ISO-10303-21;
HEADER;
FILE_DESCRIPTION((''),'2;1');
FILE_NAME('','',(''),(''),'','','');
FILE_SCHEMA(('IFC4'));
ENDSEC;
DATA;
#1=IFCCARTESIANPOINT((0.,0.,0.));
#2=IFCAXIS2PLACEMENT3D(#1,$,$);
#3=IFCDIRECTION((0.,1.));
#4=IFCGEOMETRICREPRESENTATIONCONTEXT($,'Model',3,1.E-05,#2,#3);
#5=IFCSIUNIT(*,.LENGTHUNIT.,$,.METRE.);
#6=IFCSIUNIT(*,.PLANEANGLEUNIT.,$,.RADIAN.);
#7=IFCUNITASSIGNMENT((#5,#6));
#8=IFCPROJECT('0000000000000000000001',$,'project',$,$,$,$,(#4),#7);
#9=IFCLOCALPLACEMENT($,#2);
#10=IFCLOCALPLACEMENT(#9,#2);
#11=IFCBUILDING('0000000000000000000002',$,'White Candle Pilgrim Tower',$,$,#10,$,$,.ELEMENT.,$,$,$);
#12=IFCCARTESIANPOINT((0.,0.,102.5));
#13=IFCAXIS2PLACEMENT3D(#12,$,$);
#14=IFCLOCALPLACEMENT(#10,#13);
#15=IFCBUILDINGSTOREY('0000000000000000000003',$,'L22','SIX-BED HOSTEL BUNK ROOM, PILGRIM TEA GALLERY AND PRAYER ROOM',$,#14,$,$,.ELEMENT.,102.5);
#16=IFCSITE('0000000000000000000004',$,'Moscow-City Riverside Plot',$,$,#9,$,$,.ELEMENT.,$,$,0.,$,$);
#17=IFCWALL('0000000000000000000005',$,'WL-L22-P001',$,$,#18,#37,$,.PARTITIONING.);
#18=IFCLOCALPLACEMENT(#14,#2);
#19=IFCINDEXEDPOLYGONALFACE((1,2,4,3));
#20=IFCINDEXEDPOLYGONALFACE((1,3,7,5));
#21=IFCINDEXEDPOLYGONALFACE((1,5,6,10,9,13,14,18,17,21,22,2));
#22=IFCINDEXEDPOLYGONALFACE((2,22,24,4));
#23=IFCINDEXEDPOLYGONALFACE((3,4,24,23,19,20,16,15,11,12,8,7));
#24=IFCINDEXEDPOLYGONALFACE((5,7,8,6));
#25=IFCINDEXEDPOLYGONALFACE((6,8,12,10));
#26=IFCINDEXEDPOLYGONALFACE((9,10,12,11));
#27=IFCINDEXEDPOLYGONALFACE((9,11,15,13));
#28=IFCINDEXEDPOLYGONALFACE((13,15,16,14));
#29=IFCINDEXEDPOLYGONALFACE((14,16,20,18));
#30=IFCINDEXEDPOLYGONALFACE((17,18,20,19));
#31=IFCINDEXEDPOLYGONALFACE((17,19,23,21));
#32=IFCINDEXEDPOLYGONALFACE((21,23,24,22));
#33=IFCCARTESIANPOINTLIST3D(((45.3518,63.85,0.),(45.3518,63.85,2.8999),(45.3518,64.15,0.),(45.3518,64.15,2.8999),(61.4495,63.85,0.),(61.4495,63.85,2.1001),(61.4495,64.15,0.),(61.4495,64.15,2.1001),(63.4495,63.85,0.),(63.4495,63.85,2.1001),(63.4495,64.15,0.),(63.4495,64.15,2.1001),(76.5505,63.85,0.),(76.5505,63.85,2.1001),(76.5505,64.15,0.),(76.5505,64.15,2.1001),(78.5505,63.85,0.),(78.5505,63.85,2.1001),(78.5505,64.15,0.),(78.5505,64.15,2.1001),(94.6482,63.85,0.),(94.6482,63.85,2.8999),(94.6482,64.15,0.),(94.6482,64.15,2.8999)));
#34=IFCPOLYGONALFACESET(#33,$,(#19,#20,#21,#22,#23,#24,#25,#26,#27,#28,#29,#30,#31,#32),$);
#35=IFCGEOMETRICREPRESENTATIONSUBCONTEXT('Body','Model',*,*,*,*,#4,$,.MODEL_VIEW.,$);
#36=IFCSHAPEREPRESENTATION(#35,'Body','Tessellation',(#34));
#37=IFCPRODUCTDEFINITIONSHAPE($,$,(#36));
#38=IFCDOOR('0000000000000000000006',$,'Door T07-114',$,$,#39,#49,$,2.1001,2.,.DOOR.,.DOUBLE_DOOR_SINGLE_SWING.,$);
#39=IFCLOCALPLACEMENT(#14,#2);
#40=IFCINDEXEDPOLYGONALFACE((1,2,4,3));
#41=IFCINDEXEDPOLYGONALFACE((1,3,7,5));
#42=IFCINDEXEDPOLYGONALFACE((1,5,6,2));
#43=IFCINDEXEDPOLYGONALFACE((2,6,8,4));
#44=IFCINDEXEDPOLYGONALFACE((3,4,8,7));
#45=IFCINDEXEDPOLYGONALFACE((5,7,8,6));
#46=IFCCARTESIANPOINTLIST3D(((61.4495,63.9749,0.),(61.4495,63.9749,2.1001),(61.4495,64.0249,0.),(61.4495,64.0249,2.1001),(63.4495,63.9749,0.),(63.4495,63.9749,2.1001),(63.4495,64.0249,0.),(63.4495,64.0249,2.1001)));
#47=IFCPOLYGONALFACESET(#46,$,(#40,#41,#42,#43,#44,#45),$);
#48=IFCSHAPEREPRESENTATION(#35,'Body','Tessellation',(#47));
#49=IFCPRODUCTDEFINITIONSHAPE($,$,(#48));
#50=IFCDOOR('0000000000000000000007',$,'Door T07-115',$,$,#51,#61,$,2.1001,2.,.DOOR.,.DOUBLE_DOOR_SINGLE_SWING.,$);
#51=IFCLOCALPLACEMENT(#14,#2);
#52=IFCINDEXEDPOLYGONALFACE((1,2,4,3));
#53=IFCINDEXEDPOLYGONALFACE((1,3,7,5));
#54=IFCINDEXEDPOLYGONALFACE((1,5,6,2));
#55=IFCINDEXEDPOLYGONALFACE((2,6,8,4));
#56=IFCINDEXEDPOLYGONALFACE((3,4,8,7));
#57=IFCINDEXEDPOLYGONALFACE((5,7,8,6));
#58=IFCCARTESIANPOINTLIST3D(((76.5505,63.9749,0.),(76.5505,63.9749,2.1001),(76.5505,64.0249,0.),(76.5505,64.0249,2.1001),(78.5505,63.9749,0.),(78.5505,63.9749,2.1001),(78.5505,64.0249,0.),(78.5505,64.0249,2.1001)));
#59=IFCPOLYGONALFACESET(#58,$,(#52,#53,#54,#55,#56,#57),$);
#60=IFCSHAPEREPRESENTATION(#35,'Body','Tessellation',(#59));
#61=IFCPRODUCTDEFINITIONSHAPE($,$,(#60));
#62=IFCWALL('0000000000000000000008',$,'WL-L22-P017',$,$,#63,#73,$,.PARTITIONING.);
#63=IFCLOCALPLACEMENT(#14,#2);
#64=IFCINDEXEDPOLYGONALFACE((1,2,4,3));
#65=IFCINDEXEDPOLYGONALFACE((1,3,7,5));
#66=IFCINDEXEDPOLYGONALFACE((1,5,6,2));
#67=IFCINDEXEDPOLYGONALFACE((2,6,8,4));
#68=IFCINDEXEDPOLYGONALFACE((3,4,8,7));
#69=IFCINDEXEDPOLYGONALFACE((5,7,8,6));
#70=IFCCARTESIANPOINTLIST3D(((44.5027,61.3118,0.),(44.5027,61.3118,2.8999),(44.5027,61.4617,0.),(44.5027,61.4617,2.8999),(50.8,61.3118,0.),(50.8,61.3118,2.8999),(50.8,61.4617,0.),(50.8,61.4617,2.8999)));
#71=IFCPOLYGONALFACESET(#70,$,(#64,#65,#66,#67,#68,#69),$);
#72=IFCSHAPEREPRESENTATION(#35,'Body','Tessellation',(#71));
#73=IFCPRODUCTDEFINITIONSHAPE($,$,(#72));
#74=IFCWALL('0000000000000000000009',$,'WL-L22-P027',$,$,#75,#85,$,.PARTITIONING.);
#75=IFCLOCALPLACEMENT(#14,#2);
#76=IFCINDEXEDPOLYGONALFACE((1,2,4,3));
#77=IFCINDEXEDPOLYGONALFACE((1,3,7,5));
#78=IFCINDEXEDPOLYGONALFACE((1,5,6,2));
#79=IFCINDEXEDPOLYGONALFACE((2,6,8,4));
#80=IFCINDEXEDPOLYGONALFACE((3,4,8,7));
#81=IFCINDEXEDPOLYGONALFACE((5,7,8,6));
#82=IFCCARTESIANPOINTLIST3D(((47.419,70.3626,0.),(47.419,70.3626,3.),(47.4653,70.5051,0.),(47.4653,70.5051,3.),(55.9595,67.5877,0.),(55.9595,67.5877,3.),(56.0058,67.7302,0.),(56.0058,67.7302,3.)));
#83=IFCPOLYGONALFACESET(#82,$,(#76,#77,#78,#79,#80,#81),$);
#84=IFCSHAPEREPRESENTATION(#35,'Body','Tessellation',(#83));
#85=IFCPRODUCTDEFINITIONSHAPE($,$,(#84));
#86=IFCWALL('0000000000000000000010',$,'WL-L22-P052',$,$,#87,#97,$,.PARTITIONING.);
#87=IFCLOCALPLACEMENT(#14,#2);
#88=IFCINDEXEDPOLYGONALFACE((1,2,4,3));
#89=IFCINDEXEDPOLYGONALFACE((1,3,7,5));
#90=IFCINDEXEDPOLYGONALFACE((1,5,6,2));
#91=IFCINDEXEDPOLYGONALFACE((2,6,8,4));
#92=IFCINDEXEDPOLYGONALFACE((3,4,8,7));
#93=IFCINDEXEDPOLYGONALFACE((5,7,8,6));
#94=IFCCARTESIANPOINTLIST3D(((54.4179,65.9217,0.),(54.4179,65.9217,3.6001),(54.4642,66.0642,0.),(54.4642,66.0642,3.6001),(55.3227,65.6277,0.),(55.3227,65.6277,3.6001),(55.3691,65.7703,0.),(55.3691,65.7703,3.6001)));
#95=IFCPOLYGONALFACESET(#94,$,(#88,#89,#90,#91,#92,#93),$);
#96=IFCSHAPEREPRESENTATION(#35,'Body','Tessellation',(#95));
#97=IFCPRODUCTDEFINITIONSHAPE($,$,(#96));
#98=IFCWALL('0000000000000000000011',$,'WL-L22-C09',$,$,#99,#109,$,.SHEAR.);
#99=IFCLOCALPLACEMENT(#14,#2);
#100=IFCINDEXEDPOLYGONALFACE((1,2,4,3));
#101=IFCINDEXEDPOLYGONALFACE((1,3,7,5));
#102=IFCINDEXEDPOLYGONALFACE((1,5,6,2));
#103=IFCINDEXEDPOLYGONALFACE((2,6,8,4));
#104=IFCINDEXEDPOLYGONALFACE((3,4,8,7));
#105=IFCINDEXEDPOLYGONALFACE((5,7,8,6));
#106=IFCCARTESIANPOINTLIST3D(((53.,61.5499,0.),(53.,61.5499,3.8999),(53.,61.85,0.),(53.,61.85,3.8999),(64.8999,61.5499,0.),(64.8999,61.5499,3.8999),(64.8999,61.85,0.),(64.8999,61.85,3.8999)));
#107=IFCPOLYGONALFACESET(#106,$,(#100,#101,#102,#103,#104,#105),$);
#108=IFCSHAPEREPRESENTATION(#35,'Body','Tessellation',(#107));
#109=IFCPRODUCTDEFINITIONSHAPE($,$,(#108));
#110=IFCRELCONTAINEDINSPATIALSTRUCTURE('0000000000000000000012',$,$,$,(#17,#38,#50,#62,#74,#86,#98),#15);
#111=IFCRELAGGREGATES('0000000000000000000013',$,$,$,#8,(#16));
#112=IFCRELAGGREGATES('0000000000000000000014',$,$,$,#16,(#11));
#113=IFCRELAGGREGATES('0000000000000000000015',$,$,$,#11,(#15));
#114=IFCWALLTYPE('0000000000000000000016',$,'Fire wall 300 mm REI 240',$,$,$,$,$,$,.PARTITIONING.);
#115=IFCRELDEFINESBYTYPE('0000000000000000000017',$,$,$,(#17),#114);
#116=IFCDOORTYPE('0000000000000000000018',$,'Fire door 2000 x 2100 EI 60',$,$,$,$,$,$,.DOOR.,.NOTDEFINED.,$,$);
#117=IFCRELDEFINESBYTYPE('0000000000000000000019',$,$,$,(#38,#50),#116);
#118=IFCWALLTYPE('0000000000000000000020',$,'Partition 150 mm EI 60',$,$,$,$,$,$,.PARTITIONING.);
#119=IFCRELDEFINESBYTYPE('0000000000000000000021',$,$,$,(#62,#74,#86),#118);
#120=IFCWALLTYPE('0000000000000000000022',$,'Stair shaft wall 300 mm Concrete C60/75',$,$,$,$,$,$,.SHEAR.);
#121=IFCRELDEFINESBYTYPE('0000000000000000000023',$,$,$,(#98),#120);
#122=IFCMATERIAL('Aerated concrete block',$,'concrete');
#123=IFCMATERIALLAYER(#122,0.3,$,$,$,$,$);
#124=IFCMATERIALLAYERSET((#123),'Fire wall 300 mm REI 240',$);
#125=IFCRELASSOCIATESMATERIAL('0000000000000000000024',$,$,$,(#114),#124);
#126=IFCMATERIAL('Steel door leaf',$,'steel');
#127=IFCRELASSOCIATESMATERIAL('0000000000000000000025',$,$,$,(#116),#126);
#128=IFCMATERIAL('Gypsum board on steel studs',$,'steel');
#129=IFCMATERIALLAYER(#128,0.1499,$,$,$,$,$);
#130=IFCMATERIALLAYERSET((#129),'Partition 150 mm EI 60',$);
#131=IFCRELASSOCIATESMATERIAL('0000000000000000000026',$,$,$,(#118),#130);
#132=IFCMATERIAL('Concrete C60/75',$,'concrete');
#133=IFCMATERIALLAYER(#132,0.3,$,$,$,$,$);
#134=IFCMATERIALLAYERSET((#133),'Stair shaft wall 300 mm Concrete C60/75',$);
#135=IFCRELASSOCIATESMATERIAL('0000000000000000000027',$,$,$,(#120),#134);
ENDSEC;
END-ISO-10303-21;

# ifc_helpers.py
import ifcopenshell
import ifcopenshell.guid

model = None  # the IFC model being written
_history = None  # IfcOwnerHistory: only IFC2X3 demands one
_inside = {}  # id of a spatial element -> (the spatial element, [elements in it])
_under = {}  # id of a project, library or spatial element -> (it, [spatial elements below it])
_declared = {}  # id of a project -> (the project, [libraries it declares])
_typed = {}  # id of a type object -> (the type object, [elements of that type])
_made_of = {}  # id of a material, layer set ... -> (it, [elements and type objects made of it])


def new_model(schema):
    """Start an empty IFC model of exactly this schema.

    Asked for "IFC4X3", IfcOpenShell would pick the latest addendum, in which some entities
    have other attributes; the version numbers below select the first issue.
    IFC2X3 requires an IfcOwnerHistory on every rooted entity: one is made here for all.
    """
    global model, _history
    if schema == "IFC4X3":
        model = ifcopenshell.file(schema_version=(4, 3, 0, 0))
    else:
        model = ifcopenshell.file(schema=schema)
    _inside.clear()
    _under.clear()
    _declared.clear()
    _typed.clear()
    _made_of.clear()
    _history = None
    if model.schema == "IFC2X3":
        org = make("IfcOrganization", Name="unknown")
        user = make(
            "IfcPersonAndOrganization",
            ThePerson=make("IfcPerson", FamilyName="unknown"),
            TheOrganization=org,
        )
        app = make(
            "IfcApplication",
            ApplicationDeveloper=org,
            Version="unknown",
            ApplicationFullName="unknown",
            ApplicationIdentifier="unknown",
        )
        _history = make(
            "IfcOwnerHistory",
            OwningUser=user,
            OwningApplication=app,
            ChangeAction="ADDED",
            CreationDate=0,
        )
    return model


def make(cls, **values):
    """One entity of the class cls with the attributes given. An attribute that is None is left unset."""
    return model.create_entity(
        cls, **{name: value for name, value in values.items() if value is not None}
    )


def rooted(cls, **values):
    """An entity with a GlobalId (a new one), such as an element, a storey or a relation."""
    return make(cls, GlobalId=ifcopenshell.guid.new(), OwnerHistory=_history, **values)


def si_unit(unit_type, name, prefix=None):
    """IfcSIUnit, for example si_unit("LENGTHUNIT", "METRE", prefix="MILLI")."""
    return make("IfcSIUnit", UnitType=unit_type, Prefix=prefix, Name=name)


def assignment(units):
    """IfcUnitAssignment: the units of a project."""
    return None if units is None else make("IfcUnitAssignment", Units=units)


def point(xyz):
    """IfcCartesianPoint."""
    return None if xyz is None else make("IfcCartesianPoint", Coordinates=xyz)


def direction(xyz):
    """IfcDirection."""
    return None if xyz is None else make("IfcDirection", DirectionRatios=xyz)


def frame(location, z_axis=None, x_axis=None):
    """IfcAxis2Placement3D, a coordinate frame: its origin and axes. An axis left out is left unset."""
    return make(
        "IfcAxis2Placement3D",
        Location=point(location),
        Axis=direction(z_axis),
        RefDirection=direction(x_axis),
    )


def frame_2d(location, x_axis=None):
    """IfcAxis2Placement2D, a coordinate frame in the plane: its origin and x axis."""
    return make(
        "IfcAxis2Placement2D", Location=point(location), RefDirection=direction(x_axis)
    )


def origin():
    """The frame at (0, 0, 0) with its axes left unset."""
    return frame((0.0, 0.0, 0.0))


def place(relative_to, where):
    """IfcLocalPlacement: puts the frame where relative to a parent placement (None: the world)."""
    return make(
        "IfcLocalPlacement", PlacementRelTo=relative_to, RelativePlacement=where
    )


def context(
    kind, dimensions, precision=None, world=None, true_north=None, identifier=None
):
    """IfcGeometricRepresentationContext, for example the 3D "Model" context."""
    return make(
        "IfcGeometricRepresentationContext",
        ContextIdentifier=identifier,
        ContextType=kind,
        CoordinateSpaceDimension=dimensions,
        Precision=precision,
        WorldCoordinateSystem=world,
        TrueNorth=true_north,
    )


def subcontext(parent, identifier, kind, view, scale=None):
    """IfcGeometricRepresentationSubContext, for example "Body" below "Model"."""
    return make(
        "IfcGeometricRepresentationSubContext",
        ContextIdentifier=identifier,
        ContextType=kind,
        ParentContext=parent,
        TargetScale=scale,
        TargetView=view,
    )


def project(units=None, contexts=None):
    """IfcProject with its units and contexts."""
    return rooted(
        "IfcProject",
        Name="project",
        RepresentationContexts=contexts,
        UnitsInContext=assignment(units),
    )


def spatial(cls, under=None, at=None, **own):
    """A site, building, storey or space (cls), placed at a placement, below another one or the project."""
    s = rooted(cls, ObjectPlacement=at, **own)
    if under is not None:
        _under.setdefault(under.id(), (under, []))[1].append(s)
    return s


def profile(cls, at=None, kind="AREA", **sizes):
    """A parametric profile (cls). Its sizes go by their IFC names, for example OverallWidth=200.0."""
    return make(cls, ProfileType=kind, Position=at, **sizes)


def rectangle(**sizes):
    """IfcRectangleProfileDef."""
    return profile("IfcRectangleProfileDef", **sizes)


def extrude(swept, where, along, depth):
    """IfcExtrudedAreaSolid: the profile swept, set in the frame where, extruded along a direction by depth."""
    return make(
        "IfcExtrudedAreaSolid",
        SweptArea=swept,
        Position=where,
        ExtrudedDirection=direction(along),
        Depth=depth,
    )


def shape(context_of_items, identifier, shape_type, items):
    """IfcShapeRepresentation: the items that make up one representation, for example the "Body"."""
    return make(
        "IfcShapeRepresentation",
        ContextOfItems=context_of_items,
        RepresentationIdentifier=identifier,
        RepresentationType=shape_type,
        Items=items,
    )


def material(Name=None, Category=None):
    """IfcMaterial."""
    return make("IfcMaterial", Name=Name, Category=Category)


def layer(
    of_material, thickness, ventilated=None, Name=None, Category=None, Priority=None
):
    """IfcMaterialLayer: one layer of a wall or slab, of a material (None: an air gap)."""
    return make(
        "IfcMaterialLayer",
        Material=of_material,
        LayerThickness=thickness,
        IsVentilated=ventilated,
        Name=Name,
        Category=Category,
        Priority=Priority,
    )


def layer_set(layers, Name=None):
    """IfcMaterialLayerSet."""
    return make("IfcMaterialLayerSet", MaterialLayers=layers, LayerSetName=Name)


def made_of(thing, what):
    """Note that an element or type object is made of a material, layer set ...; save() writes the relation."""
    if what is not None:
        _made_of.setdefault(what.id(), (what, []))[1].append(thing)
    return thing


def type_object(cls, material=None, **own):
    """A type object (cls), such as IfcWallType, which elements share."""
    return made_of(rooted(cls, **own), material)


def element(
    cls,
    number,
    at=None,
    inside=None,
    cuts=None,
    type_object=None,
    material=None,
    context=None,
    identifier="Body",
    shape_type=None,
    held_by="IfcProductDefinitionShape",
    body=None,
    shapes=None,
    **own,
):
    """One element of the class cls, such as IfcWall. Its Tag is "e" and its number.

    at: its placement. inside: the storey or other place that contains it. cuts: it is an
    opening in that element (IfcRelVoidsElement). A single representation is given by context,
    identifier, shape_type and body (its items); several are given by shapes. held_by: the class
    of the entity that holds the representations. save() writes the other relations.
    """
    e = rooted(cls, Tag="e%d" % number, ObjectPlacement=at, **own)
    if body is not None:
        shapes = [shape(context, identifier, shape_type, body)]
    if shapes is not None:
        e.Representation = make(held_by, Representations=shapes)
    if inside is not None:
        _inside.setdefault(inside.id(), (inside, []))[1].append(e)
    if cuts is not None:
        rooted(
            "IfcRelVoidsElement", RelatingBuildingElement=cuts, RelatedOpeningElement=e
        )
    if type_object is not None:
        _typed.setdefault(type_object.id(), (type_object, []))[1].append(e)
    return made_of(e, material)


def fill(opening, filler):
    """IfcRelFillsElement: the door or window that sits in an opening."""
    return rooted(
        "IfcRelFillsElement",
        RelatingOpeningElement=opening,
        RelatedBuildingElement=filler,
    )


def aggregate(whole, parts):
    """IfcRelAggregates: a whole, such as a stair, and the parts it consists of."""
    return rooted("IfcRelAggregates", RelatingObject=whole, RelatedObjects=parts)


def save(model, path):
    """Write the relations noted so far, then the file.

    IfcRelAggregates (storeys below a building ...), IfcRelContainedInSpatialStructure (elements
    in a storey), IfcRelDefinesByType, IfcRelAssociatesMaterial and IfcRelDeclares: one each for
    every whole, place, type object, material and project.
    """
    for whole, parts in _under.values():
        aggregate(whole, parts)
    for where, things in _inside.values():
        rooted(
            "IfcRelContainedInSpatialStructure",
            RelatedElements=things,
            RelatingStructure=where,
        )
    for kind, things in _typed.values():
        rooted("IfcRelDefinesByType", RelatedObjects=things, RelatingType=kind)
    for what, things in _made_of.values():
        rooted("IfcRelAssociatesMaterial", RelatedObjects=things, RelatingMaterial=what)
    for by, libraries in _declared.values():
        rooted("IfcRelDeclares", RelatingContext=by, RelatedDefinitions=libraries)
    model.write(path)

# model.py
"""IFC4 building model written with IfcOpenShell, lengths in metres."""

from ifc_helpers import new_model, si_unit, direction, frame, frame_2d, origin, place, context, subcontext, project, spatial, rectangle, extrude, material, layer, layer_set, type_object, element, fill, save


model = new_model("IFC4")

# Units and contexts
model_context = context("Model", 3, precision=1e-05, world=origin(), true_north=direction((0.0, 1.0)))
body_context = subcontext(model_context, "Body", "Model", "MODEL_VIEW")
ifc_project = project(units=[si_unit("LENGTHUNIT", "METRE"), si_unit("PLANEANGLEUNIT", "RADIAN")], contexts=[model_context])

# Site, building, storey
site_placement = place(None, origin())
site = spatial("IfcSite", under=ifc_project, at=site_placement, Name="Moscow-City Riverside Plot", CompositionType="ELEMENT", RefElevation=0.0)
building_placement = place(site_placement, origin())
building = spatial("IfcBuilding", under=site, at=building_placement, Name="White Candle Pilgrim Tower", CompositionType="ELEMENT")
storey_placement = place(building_placement, frame((0.0, 0.0, 102.5)))
storey = spatial("IfcBuildingStorey", under=building, at=storey_placement, Name="L22", Description="SIX-BED HOSTEL BUNK ROOM, PILGRIM TEA GALLERY AND PRAYER ROOM", CompositionType="ELEMENT", Elevation=102.5)

# Shared definitions
ifc_material_1 = material(Name="Gypsum board on steel studs", Category="steel")
ifc_material_2 = material(Name="Steel door leaf", Category="steel")

# Wall, openings, doors
ifc_material_3 = material(Name="Aerated concrete block", Category="concrete")
ifc_layer_1 = layer(ifc_material_3, 0.3)
ifc_layer_set_1 = layer_set([ifc_layer_1], Name="Fire wall 300 mm REI 240")
wall_type_1 = type_object("IfcWallType", Name="Fire wall 300 mm REI 240", PredefinedType="PARTITIONING", material=ifc_layer_set_1)
wall_1_placement = place(storey_placement, frame((45.3518, 64.0, 0.0), z_axis=(0.0, 0.0, 1.0), x_axis=(1.0, 0.0, 0.0)))
wall_1 = element("IfcWall", 1, at=wall_1_placement, inside=storey, type_object=wall_type_1, Name="WL-L22-P001", PredefinedType="PARTITIONING", context=body_context, shape_type="SweptSolid", body=[
    extrude(rectangle(XDim=49.2964, YDim=0.3, at=frame_2d((24.6482, 0.0))), origin(), (0.0, 0.0, 1.0), 2.8999),
])
opening_1_placement = place(wall_1_placement, frame((16.0977, 0.0, 0.0)))
opening_1 = element("IfcOpeningElement", 2, at=opening_1_placement, cuts=wall_1, PredefinedType="OPENING", context=body_context, shape_type="SweptSolid", body=[
    extrude(rectangle(XDim=2.0, YDim=2.1001, at=frame_2d((1.0, 1.05))), frame((0.0, 0.1599, 0.0), z_axis=(0.0, -1.0, 0.0), x_axis=(1.0, 0.0, 0.0)), (0.0, 0.0, 1.0), 0.3201),
])
opening_2_placement = place(wall_1_placement, frame((31.1987, 0.0, 0.0)))
opening_2 = element("IfcOpeningElement", 3, at=opening_2_placement, cuts=wall_1, PredefinedType="OPENING", context=body_context, shape_type="SweptSolid", body=[
    extrude(rectangle(XDim=2.0, YDim=2.1001, at=frame_2d((1.0, 1.05))), frame((0.0, 0.1599, 0.0), z_axis=(0.0, -1.0, 0.0), x_axis=(1.0, 0.0, 0.0)), (0.0, 0.0, 1.0), 0.3201),
])
door_type_1 = type_object("IfcDoorType", Name="Fire door 2000 x 2100 EI 60", OperationType="NOTDEFINED", PredefinedType="DOOR", material=ifc_material_2)
door_1_placement = place(opening_1_placement, origin())
door_1 = element("IfcDoor", 4, at=door_1_placement, inside=storey, type_object=door_type_1, Name="Door T07-114", OperationType="DOUBLE_DOOR_SINGLE_SWING", OverallHeight=2.1001, OverallWidth=2.0, PredefinedType="DOOR", context=body_context, shape_type="SweptSolid", body=[
    extrude(rectangle(XDim=2.0, YDim=2.1001, at=frame_2d((1.0, 1.05))), frame((0.0, 0.0249, 0.0), z_axis=(0.0, -1.0, 0.0), x_axis=(1.0, 0.0, 0.0)), (0.0, 0.0, 1.0), 0.05),
])
fill(opening_1, door_1)
door_2_placement = place(opening_2_placement, origin())
door_2 = element("IfcDoor", 5, at=door_2_placement, inside=storey, type_object=door_type_1, Name="Door T07-115", OperationType="DOUBLE_DOOR_SINGLE_SWING", OverallHeight=2.1001, OverallWidth=2.0, PredefinedType="DOOR", context=body_context, shape_type="SweptSolid", body=[
    extrude(rectangle(XDim=2.0, YDim=2.1001, at=frame_2d((1.0, 1.05))), frame((0.0, 0.0249, 0.0), z_axis=(0.0, -1.0, 0.0), x_axis=(1.0, 0.0, 0.0)), (0.0, 0.0, 1.0), 0.05),
])
fill(opening_2, door_2)

# Walls
ifc_layer_2 = layer(ifc_material_1, 0.1499)
ifc_layer_set_2 = layer_set([ifc_layer_2], Name="Partition 150 mm EI 60")
wall_type_2 = type_object("IfcWallType", Name="Partition 150 mm EI 60", PredefinedType="PARTITIONING", material=ifc_layer_set_2)
wall_2_placement = place(storey_placement, frame((44.5027, 61.3867, 0.0), z_axis=(0.0, 0.0, 1.0), x_axis=(1.0, 0.0, 0.0)))
element("IfcWall", 6, at=wall_2_placement, inside=storey, type_object=wall_type_2, Name="WL-L22-P017", PredefinedType="PARTITIONING", context=body_context, shape_type="SweptSolid", body=[
    extrude(rectangle(XDim=6.2974, YDim=0.1499, at=frame_2d((3.1487, 0.0))), origin(), (0.0, 0.0, 1.0), 2.8999),
])
wall_3_placement = place(storey_placement, frame((47.4421, 70.4338, 0.0), z_axis=(0.0, 0.0, 1.0), x_axis=(0.951059, -0.309009, 0.0)))
element("IfcWall", 7, at=wall_3_placement, inside=storey, type_object=wall_type_2, Name="WL-L22-P027", PredefinedType="PARTITIONING", context=body_context, shape_type="SweptSolid", body=[
    extrude(rectangle(XDim=8.98, YDim=0.1499, at=frame_2d((4.49, 0.0))), origin(), (0.0, 0.0, 1.0), 3.0),
])
wall_4_placement = place(storey_placement, frame((54.4412, 65.9929, 0.0), z_axis=(0.0, 0.0, 1.0), x_axis=(0.951068, -0.308982, 0.0)))
element("IfcWall", 8, at=wall_4_placement, inside=storey, type_object=wall_type_2, Name="WL-L22-P052", PredefinedType="PARTITIONING", context=body_context, shape_type="SweptSolid", body=[
    extrude(rectangle(XDim=0.9514, YDim=0.1499, at=frame_2d((0.4756, 0.0))), origin(), (0.0, 0.0, 1.0), 3.6001),
])
ifc_material_4 = material(Name="Concrete C60/75", Category="concrete")
ifc_layer_3 = layer(ifc_material_4, 0.3)
ifc_layer_set_3 = layer_set([ifc_layer_3], Name="Stair shaft wall 300 mm Concrete C60/75")
wall_type_3 = type_object("IfcWallType", Name="Stair shaft wall 300 mm Concrete C60/75", PredefinedType="SHEAR", material=ifc_layer_set_3)
wall_5_placement = place(storey_placement, frame((53.0, 61.7, 0.0), z_axis=(0.0, 0.0, 1.0), x_axis=(1.0, 0.0, 0.0)))
element("IfcWall", 9, at=wall_5_placement, inside=storey, type_object=wall_type_3, Name="WL-L22-C09", PredefinedType="SHEAR", context=body_context, shape_type="SweptSolid", body=[
    extrude(rectangle(XDim=11.8999, YDim=0.3, at=frame_2d((5.95, 0.0))), origin(), (0.0, 0.0, 1.0), 3.8999),
])

save(model, "model.ifc")
